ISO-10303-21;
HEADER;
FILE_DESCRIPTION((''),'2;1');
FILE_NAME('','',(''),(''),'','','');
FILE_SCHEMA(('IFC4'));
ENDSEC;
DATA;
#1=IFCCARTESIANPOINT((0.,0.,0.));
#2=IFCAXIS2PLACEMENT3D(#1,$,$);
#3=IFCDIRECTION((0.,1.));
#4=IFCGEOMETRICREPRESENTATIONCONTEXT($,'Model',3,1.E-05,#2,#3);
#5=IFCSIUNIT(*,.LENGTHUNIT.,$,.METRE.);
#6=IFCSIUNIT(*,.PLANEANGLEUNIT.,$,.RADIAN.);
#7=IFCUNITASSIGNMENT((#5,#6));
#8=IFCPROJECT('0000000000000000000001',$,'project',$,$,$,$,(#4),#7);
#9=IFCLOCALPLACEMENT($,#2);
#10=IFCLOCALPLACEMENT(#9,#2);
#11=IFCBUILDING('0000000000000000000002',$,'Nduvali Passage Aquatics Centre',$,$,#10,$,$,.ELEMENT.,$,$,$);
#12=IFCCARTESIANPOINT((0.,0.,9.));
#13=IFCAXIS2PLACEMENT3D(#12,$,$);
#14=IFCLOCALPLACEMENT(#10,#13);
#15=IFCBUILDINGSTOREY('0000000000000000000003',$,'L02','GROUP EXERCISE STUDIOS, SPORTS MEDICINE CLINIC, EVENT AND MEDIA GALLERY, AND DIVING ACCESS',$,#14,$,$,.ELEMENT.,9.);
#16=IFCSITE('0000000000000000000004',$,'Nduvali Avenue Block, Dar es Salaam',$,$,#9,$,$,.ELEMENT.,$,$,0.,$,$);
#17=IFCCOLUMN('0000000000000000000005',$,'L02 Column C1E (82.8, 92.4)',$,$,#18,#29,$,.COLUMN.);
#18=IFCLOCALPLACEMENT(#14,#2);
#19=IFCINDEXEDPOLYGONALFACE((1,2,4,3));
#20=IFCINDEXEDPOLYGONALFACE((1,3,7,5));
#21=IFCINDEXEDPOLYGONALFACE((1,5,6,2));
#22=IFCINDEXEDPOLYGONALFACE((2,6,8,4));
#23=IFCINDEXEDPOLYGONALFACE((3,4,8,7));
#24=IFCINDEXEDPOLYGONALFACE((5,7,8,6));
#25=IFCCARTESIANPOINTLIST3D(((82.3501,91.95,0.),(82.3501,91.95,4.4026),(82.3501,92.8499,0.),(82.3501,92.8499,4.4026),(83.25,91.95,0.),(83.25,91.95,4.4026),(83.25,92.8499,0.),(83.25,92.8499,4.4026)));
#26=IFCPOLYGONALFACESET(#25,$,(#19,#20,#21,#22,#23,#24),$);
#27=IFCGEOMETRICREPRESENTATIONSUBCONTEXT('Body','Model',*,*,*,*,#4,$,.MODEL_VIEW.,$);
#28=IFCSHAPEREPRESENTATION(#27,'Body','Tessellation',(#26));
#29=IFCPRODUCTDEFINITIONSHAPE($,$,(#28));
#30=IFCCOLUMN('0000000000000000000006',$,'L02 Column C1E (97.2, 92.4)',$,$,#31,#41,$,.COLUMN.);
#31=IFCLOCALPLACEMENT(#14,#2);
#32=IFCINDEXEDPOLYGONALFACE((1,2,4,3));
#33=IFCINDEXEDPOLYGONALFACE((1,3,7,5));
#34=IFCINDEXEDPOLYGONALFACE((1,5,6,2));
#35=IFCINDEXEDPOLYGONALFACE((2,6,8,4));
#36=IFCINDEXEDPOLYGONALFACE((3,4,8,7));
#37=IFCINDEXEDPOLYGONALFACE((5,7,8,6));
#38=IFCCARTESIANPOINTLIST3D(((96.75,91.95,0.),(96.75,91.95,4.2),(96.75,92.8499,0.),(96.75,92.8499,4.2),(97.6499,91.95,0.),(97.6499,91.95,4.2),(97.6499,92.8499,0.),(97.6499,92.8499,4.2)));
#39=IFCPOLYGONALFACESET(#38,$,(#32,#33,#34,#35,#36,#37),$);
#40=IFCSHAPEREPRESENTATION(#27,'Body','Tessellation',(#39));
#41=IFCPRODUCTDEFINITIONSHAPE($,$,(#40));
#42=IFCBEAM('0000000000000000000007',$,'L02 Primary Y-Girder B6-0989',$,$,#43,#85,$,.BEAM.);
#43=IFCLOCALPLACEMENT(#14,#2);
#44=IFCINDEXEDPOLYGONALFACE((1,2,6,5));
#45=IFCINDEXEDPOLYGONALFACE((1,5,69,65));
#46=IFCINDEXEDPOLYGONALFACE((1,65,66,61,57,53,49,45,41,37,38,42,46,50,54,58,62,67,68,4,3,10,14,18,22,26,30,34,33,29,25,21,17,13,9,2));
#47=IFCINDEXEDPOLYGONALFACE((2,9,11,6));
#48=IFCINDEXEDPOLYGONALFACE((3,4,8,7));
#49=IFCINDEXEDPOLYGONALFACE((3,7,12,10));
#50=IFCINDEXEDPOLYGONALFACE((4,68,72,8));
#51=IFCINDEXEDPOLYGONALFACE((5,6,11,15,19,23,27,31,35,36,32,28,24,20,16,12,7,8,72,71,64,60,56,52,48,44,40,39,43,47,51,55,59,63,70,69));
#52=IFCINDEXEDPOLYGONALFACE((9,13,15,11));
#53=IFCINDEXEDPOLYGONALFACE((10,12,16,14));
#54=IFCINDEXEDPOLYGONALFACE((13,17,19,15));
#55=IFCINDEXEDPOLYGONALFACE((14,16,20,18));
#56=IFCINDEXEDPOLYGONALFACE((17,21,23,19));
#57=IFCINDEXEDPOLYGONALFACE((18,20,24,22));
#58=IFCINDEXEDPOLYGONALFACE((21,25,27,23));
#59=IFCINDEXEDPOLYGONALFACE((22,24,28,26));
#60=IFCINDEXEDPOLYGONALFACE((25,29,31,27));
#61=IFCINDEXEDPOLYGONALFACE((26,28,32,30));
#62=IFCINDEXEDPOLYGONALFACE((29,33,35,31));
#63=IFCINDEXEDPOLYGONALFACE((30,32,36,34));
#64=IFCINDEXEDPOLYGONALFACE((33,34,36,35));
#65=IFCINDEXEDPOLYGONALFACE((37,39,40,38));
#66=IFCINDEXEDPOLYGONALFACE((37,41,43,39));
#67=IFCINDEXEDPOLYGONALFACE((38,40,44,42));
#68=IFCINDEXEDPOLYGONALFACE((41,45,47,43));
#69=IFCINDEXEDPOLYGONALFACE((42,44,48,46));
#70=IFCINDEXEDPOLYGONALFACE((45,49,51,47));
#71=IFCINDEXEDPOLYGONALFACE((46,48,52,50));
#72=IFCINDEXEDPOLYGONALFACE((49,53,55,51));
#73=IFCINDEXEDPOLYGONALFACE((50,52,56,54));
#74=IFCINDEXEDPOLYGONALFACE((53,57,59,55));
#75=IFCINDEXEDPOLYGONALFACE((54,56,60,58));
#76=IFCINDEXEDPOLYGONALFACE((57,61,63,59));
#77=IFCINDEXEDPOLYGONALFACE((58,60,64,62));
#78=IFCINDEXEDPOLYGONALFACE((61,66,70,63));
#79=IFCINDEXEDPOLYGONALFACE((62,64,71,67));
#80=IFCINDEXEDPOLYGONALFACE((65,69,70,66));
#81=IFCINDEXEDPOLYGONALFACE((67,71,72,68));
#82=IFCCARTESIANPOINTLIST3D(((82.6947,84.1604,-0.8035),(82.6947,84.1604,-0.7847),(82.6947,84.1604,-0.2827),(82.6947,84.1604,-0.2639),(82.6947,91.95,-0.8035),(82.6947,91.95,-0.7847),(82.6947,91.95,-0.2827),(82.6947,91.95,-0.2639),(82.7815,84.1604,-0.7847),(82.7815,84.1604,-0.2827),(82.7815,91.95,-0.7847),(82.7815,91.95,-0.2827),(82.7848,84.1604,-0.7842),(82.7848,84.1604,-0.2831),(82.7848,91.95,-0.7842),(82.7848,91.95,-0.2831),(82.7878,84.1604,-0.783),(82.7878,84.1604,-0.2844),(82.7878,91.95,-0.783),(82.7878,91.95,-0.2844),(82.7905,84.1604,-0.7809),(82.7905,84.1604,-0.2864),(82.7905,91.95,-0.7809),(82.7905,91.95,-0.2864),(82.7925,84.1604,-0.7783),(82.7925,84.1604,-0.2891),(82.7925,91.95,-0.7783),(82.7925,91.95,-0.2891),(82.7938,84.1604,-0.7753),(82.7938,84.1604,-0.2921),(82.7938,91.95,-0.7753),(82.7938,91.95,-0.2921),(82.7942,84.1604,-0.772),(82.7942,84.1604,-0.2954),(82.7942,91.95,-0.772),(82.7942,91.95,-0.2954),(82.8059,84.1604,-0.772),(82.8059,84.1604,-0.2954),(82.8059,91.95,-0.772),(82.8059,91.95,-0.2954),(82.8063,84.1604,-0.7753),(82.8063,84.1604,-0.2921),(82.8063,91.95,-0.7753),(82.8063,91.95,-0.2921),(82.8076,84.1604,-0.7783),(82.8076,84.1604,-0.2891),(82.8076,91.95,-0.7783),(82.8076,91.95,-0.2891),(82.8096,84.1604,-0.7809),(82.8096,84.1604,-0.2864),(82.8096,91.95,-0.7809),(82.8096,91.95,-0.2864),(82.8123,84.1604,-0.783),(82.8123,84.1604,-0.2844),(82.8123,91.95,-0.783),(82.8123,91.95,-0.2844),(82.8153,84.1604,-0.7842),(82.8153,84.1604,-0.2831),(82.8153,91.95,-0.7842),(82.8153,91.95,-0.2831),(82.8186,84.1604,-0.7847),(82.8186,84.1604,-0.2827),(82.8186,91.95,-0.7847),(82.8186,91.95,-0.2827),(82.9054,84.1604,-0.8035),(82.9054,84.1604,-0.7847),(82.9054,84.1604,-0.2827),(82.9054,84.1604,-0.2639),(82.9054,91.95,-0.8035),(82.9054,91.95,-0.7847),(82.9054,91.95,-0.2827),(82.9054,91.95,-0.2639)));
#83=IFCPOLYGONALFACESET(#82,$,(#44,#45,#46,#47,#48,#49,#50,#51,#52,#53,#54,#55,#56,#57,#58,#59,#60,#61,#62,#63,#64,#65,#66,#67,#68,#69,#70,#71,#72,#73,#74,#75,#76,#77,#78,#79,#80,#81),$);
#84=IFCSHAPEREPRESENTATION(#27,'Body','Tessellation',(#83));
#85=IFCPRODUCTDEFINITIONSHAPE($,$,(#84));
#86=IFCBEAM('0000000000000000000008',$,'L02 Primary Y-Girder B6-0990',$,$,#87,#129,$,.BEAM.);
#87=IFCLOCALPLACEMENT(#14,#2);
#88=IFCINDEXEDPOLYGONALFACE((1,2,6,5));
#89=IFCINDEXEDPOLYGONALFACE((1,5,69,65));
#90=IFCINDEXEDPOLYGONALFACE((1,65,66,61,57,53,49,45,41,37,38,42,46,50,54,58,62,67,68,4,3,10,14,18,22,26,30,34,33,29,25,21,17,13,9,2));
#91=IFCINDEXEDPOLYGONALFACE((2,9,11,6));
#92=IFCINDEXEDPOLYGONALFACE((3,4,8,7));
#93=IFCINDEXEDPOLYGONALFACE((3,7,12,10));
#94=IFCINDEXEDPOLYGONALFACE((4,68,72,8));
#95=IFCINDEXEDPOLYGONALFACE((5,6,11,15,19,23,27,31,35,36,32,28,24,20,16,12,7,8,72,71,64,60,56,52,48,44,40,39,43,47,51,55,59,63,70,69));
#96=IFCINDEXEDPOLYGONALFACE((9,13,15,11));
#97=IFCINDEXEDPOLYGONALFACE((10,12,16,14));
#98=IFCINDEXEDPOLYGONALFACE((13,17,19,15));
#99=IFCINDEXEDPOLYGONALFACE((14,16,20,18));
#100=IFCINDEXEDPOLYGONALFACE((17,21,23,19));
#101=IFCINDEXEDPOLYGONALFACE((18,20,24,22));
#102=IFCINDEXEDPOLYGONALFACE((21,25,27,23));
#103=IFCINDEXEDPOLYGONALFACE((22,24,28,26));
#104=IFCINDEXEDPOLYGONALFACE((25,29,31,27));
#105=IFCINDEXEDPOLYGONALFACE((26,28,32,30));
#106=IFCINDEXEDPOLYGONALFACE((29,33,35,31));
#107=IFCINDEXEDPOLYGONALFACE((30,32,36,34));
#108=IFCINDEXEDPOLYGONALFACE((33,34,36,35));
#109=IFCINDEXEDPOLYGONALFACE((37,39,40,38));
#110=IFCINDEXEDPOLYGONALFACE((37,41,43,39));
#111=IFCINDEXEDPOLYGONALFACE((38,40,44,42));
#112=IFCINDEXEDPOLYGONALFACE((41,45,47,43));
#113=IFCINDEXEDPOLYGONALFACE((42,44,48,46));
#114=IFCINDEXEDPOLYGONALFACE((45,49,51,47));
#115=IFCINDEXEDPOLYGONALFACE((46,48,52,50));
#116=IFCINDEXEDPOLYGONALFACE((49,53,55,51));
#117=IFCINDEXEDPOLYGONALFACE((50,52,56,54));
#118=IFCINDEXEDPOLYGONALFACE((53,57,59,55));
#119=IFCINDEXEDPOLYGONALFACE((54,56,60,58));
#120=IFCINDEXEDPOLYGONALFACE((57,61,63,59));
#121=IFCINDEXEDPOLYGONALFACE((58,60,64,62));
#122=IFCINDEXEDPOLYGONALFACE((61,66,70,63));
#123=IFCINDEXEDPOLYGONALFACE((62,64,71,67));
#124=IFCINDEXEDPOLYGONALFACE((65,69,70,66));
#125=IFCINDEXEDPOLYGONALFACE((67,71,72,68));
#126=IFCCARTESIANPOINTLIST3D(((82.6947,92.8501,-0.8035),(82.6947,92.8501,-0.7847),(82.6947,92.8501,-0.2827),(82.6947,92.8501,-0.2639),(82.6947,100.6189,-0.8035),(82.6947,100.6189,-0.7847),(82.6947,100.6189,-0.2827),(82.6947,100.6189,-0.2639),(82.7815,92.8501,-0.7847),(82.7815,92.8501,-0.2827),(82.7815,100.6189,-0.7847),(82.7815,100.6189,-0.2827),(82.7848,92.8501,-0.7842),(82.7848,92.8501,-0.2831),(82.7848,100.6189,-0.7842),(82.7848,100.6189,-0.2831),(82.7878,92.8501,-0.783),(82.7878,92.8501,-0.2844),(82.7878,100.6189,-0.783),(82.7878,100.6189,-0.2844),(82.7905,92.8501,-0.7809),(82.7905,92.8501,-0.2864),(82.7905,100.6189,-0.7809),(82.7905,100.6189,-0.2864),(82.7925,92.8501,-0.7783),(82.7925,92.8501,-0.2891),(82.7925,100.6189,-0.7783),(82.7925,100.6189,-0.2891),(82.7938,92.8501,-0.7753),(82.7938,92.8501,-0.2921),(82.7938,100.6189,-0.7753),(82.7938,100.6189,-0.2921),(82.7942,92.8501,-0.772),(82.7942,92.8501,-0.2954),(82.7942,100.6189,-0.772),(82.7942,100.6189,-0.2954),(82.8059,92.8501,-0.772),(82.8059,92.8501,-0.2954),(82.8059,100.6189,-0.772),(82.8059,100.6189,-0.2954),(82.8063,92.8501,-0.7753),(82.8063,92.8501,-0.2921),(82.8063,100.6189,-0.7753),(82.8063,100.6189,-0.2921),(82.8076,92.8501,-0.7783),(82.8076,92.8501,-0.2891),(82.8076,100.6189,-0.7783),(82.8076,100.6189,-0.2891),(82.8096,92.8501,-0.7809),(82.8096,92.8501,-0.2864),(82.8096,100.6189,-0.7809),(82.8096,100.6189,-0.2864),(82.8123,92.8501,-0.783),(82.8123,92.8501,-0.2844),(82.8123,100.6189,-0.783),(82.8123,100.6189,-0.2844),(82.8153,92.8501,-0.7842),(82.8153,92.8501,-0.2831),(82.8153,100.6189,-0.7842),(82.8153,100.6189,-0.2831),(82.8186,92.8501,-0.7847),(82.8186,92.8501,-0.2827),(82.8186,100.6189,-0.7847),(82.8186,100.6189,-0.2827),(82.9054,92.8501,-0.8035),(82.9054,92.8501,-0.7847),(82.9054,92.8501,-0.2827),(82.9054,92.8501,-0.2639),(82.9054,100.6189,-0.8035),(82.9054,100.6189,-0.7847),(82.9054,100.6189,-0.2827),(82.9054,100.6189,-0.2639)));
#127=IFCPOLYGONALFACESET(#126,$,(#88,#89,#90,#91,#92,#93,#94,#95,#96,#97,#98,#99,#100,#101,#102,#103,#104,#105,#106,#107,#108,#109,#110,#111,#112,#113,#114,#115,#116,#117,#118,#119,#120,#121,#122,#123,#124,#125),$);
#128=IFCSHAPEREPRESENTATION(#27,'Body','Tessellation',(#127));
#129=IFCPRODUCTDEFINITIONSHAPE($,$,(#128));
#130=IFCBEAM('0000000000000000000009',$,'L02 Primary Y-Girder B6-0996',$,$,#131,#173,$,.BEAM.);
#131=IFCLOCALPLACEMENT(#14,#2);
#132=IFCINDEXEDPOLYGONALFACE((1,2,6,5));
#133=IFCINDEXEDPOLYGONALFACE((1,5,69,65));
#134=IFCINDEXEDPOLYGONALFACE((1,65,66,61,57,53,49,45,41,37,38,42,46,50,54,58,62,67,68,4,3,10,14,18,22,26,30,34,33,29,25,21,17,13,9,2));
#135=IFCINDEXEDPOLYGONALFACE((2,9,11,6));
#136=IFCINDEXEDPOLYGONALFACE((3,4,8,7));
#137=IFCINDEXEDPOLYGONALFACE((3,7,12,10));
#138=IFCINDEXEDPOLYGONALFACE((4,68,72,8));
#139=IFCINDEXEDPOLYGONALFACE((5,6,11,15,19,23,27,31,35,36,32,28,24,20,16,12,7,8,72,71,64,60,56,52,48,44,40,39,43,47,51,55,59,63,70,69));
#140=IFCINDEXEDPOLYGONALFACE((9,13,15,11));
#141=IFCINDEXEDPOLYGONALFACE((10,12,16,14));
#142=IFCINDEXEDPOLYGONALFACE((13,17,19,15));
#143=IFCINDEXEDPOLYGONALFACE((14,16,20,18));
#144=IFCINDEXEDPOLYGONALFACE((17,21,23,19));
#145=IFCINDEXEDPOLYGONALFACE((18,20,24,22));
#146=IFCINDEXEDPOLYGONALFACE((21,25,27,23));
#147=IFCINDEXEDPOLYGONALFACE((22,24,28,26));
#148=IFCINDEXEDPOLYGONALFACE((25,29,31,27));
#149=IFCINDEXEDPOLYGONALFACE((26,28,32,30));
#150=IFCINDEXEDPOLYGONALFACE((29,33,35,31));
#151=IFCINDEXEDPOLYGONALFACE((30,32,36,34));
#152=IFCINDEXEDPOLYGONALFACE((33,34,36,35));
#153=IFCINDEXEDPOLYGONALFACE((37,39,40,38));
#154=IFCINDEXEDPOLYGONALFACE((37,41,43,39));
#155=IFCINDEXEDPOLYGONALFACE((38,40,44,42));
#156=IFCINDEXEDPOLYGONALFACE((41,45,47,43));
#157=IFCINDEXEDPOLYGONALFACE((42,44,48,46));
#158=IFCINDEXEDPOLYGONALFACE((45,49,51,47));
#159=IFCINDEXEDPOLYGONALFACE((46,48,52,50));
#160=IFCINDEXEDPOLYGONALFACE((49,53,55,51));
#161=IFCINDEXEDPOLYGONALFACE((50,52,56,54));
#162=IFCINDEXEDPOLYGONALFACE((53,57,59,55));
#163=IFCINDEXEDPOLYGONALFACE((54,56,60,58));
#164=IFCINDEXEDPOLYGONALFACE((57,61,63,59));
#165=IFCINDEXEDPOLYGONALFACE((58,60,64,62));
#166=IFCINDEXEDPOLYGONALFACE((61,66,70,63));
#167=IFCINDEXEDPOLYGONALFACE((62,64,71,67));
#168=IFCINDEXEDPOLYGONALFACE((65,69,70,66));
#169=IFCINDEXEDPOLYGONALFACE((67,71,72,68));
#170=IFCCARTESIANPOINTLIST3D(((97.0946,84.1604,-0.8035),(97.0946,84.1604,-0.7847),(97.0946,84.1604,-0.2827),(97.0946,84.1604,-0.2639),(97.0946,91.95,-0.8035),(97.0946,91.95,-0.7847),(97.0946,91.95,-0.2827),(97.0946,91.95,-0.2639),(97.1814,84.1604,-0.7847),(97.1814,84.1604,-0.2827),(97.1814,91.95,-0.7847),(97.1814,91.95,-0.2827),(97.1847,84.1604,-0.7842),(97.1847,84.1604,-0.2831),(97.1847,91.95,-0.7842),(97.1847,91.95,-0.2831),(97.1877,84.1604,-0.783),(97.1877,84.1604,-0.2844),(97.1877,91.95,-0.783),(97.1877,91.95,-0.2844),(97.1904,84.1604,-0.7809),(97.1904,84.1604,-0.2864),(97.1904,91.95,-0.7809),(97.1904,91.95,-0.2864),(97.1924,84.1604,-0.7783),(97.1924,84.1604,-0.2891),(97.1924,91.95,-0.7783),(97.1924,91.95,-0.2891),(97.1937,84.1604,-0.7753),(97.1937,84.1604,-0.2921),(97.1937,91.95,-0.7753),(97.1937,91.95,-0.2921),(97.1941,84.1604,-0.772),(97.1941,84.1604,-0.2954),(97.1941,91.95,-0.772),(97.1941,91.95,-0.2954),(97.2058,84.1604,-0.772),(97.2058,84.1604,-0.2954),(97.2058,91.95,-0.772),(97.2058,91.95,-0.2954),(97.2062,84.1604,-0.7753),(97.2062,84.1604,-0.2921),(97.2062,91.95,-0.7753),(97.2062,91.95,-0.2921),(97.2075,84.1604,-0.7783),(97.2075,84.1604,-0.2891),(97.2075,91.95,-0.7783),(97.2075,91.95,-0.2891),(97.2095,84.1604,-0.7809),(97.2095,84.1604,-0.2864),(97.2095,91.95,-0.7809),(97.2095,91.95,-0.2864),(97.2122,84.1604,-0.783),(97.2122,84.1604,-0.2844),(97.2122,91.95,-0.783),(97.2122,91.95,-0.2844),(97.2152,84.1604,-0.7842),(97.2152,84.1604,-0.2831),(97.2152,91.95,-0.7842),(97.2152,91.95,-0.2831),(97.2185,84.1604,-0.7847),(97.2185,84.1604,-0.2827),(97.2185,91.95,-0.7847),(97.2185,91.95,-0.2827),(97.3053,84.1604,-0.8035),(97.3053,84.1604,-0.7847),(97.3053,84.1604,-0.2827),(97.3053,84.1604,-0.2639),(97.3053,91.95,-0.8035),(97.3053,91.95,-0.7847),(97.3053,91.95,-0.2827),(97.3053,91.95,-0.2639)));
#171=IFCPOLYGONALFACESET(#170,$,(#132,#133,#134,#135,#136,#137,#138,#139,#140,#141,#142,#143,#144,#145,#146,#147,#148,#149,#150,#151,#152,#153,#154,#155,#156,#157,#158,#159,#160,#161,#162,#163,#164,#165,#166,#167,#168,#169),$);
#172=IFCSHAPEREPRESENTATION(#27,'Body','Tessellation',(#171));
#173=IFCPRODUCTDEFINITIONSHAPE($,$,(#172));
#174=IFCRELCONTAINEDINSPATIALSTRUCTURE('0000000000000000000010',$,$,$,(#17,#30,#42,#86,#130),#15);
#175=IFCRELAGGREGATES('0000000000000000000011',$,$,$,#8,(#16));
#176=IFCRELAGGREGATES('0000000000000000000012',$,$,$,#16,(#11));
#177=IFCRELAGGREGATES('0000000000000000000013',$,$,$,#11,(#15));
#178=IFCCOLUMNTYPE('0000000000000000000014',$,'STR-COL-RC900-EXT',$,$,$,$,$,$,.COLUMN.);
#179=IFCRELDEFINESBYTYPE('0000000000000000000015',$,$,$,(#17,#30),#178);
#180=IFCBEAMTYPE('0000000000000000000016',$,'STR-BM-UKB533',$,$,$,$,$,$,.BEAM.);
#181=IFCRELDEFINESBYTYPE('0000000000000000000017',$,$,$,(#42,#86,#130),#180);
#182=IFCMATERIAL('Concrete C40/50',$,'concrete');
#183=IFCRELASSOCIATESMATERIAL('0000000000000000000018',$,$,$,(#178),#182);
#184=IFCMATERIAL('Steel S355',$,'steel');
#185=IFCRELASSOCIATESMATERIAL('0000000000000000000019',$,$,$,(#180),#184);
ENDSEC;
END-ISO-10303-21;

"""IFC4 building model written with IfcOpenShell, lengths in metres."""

from ifc_helpers import new_model, si_unit, direction, frame, origin, origin_2d, place, context, subcontext, project, spatial, rectangle, i_section, extrude, material, material_profile, profile_set, type_object, element, save


model = new_model("IFC4")

# Units and contexts
model_context = context("Model", 3, precision=1e-05, world=origin(), true_north=direction((0.0, 1.0)))
body_context = subcontext(model_context, "Body", "Model", "MODEL_VIEW")
ifc_project = project(units=[si_unit("LENGTHUNIT", "METRE"), si_unit("PLANEANGLEUNIT", "RADIAN")], contexts=[model_context])

# Site, building, storey
site_placement = place(None, origin())
site = spatial("IfcSite", under=ifc_project, at=site_placement, Name="Nduvali Avenue Block, Dar es Salaam", CompositionType="ELEMENT", RefElevation=0.0)
building_placement = place(site_placement, origin())
building = spatial("IfcBuilding", under=site, at=building_placement, Name="Nduvali Passage Aquatics Centre", CompositionType="ELEMENT")
storey_placement = place(building_placement, frame((0.0, 0.0, 9.0)))
storey = spatial("IfcBuildingStorey", under=building, at=storey_placement, Name="L02", Description="GROUP EXERCISE STUDIOS, SPORTS MEDICINE CLINIC, EVENT AND MEDIA GALLERY, AND DIVING ACCESS", CompositionType="ELEMENT", Elevation=9.0)

# Columns
ifc_material_1 = material(Name="Concrete C40/50", Category="concrete")
ifc_material_profile_1 = material_profile(ifc_material_1, rectangle(XDim=0.8999, YDim=0.8999, at=origin_2d()), Name="RC 900x900")
ifc_profile_set_1 = profile_set([ifc_material_profile_1], Name="Concrete C40/50")
column_type = type_object("IfcColumnType", Name="STR-COL-RC900-EXT", PredefinedType="COLUMN", material=ifc_profile_set_1)
column_1_placement = place(storey_placement, frame((82.8, 92.3999, 0.0), z_axis=(0.0, 0.0, 1.0), x_axis=(1.0, 0.0, 0.0)))
element("IfcColumn", 1, at=column_1_placement, inside=storey, type_object=column_type, Name="L02 Column C1E (82.8, 92.4)", PredefinedType="COLUMN", context=body_context, shape_type="SweptSolid", body=[
    extrude(rectangle(XDim=0.8999, YDim=0.8999, at=origin_2d()), origin(), (0.0, 0.0, 1.0), 4.4026),
])
column_2_placement = place(storey_placement, frame((97.2, 92.3999, 0.0), z_axis=(0.0, 0.0, 1.0), x_axis=(1.0, 0.0, 0.0)))
element("IfcColumn", 2, at=column_2_placement, inside=storey, type_object=column_type, Name="L02 Column C1E (97.2, 92.4)", PredefinedType="COLUMN", context=body_context, shape_type="SweptSolid", body=[
    extrude(rectangle(XDim=0.8999, YDim=0.8999, at=origin_2d()), origin(), (0.0, 0.0, 1.0), 4.2),
])

# Beams
ifc_material_2 = material(Name="Steel S355", Category="steel")
ifc_material_profile_2 = material_profile(ifc_material_2, i_section(OverallWidth=0.2107, OverallDepth=0.5396, WebThickness=0.0117, FlangeThickness=0.0188, FilletRadius=0.0127, at=origin_2d()), Name="UKB 533x210x109")
ifc_profile_set_2 = profile_set([ifc_material_profile_2], Name="Steel S355")
beam_type_1 = type_object("IfcBeamType", Name="STR-BM-UKB533", PredefinedType="BEAM", material=ifc_profile_set_2)
beam_1_placement = place(storey_placement, frame((82.8, 84.1604, -0.5337), z_axis=(0.0, 1.0, 0.0), x_axis=(-1.0, 0.0, 0.0)))
element("IfcBeam", 3, at=beam_1_placement, inside=storey, type_object=beam_type_1, Name="L02 Primary Y-Girder B6-0989", PredefinedType="BEAM", context=body_context, shape_type="SweptSolid", body=[
    extrude(i_section(OverallWidth=0.2107, OverallDepth=0.5396, WebThickness=0.0117, FlangeThickness=0.0188, FilletRadius=0.0127, at=origin_2d()), origin(), (0.0, 0.0, 1.0), 7.7896),
])
beam_2_placement = place(storey_placement, frame((82.8, 92.8501, -0.5337), z_axis=(0.0, 1.0, 0.0), x_axis=(-1.0, 0.0, 0.0)))
element("IfcBeam", 4, at=beam_2_placement, inside=storey, type_object=beam_type_1, Name="L02 Primary Y-Girder B6-0990", PredefinedType="BEAM", context=body_context, shape_type="SweptSolid", body=[
    extrude(i_section(OverallWidth=0.2107, OverallDepth=0.5396, WebThickness=0.0117, FlangeThickness=0.0188, FilletRadius=0.0127, at=origin_2d()), origin(), (0.0, 0.0, 1.0), 7.7688),
])
for number, where, z_axis, x_axis, name in (
    (5, (97.2, 84.1604, -0.5337), (0.0, 1.0, 0.0), (-1.0, 0.0, 0.0), "L02 Primary Y-Girder B6-0996"),
):
    element("IfcBeam", number, at=place(storey_placement, frame(where, z_axis=z_axis, x_axis=x_axis)), inside=storey, type_object=beam_type_1, Name=name, PredefinedType="BEAM", context=body_context, shape_type="SweptSolid", body=[
        extrude(i_section(OverallWidth=0.2107, OverallDepth=0.5396, WebThickness=0.0117, FlangeThickness=0.0188, FilletRadius=0.0127, at=origin_2d()), origin(), (0.0, 0.0, 1.0), 7.7896),
    ])

save(model, "model.ifc")
